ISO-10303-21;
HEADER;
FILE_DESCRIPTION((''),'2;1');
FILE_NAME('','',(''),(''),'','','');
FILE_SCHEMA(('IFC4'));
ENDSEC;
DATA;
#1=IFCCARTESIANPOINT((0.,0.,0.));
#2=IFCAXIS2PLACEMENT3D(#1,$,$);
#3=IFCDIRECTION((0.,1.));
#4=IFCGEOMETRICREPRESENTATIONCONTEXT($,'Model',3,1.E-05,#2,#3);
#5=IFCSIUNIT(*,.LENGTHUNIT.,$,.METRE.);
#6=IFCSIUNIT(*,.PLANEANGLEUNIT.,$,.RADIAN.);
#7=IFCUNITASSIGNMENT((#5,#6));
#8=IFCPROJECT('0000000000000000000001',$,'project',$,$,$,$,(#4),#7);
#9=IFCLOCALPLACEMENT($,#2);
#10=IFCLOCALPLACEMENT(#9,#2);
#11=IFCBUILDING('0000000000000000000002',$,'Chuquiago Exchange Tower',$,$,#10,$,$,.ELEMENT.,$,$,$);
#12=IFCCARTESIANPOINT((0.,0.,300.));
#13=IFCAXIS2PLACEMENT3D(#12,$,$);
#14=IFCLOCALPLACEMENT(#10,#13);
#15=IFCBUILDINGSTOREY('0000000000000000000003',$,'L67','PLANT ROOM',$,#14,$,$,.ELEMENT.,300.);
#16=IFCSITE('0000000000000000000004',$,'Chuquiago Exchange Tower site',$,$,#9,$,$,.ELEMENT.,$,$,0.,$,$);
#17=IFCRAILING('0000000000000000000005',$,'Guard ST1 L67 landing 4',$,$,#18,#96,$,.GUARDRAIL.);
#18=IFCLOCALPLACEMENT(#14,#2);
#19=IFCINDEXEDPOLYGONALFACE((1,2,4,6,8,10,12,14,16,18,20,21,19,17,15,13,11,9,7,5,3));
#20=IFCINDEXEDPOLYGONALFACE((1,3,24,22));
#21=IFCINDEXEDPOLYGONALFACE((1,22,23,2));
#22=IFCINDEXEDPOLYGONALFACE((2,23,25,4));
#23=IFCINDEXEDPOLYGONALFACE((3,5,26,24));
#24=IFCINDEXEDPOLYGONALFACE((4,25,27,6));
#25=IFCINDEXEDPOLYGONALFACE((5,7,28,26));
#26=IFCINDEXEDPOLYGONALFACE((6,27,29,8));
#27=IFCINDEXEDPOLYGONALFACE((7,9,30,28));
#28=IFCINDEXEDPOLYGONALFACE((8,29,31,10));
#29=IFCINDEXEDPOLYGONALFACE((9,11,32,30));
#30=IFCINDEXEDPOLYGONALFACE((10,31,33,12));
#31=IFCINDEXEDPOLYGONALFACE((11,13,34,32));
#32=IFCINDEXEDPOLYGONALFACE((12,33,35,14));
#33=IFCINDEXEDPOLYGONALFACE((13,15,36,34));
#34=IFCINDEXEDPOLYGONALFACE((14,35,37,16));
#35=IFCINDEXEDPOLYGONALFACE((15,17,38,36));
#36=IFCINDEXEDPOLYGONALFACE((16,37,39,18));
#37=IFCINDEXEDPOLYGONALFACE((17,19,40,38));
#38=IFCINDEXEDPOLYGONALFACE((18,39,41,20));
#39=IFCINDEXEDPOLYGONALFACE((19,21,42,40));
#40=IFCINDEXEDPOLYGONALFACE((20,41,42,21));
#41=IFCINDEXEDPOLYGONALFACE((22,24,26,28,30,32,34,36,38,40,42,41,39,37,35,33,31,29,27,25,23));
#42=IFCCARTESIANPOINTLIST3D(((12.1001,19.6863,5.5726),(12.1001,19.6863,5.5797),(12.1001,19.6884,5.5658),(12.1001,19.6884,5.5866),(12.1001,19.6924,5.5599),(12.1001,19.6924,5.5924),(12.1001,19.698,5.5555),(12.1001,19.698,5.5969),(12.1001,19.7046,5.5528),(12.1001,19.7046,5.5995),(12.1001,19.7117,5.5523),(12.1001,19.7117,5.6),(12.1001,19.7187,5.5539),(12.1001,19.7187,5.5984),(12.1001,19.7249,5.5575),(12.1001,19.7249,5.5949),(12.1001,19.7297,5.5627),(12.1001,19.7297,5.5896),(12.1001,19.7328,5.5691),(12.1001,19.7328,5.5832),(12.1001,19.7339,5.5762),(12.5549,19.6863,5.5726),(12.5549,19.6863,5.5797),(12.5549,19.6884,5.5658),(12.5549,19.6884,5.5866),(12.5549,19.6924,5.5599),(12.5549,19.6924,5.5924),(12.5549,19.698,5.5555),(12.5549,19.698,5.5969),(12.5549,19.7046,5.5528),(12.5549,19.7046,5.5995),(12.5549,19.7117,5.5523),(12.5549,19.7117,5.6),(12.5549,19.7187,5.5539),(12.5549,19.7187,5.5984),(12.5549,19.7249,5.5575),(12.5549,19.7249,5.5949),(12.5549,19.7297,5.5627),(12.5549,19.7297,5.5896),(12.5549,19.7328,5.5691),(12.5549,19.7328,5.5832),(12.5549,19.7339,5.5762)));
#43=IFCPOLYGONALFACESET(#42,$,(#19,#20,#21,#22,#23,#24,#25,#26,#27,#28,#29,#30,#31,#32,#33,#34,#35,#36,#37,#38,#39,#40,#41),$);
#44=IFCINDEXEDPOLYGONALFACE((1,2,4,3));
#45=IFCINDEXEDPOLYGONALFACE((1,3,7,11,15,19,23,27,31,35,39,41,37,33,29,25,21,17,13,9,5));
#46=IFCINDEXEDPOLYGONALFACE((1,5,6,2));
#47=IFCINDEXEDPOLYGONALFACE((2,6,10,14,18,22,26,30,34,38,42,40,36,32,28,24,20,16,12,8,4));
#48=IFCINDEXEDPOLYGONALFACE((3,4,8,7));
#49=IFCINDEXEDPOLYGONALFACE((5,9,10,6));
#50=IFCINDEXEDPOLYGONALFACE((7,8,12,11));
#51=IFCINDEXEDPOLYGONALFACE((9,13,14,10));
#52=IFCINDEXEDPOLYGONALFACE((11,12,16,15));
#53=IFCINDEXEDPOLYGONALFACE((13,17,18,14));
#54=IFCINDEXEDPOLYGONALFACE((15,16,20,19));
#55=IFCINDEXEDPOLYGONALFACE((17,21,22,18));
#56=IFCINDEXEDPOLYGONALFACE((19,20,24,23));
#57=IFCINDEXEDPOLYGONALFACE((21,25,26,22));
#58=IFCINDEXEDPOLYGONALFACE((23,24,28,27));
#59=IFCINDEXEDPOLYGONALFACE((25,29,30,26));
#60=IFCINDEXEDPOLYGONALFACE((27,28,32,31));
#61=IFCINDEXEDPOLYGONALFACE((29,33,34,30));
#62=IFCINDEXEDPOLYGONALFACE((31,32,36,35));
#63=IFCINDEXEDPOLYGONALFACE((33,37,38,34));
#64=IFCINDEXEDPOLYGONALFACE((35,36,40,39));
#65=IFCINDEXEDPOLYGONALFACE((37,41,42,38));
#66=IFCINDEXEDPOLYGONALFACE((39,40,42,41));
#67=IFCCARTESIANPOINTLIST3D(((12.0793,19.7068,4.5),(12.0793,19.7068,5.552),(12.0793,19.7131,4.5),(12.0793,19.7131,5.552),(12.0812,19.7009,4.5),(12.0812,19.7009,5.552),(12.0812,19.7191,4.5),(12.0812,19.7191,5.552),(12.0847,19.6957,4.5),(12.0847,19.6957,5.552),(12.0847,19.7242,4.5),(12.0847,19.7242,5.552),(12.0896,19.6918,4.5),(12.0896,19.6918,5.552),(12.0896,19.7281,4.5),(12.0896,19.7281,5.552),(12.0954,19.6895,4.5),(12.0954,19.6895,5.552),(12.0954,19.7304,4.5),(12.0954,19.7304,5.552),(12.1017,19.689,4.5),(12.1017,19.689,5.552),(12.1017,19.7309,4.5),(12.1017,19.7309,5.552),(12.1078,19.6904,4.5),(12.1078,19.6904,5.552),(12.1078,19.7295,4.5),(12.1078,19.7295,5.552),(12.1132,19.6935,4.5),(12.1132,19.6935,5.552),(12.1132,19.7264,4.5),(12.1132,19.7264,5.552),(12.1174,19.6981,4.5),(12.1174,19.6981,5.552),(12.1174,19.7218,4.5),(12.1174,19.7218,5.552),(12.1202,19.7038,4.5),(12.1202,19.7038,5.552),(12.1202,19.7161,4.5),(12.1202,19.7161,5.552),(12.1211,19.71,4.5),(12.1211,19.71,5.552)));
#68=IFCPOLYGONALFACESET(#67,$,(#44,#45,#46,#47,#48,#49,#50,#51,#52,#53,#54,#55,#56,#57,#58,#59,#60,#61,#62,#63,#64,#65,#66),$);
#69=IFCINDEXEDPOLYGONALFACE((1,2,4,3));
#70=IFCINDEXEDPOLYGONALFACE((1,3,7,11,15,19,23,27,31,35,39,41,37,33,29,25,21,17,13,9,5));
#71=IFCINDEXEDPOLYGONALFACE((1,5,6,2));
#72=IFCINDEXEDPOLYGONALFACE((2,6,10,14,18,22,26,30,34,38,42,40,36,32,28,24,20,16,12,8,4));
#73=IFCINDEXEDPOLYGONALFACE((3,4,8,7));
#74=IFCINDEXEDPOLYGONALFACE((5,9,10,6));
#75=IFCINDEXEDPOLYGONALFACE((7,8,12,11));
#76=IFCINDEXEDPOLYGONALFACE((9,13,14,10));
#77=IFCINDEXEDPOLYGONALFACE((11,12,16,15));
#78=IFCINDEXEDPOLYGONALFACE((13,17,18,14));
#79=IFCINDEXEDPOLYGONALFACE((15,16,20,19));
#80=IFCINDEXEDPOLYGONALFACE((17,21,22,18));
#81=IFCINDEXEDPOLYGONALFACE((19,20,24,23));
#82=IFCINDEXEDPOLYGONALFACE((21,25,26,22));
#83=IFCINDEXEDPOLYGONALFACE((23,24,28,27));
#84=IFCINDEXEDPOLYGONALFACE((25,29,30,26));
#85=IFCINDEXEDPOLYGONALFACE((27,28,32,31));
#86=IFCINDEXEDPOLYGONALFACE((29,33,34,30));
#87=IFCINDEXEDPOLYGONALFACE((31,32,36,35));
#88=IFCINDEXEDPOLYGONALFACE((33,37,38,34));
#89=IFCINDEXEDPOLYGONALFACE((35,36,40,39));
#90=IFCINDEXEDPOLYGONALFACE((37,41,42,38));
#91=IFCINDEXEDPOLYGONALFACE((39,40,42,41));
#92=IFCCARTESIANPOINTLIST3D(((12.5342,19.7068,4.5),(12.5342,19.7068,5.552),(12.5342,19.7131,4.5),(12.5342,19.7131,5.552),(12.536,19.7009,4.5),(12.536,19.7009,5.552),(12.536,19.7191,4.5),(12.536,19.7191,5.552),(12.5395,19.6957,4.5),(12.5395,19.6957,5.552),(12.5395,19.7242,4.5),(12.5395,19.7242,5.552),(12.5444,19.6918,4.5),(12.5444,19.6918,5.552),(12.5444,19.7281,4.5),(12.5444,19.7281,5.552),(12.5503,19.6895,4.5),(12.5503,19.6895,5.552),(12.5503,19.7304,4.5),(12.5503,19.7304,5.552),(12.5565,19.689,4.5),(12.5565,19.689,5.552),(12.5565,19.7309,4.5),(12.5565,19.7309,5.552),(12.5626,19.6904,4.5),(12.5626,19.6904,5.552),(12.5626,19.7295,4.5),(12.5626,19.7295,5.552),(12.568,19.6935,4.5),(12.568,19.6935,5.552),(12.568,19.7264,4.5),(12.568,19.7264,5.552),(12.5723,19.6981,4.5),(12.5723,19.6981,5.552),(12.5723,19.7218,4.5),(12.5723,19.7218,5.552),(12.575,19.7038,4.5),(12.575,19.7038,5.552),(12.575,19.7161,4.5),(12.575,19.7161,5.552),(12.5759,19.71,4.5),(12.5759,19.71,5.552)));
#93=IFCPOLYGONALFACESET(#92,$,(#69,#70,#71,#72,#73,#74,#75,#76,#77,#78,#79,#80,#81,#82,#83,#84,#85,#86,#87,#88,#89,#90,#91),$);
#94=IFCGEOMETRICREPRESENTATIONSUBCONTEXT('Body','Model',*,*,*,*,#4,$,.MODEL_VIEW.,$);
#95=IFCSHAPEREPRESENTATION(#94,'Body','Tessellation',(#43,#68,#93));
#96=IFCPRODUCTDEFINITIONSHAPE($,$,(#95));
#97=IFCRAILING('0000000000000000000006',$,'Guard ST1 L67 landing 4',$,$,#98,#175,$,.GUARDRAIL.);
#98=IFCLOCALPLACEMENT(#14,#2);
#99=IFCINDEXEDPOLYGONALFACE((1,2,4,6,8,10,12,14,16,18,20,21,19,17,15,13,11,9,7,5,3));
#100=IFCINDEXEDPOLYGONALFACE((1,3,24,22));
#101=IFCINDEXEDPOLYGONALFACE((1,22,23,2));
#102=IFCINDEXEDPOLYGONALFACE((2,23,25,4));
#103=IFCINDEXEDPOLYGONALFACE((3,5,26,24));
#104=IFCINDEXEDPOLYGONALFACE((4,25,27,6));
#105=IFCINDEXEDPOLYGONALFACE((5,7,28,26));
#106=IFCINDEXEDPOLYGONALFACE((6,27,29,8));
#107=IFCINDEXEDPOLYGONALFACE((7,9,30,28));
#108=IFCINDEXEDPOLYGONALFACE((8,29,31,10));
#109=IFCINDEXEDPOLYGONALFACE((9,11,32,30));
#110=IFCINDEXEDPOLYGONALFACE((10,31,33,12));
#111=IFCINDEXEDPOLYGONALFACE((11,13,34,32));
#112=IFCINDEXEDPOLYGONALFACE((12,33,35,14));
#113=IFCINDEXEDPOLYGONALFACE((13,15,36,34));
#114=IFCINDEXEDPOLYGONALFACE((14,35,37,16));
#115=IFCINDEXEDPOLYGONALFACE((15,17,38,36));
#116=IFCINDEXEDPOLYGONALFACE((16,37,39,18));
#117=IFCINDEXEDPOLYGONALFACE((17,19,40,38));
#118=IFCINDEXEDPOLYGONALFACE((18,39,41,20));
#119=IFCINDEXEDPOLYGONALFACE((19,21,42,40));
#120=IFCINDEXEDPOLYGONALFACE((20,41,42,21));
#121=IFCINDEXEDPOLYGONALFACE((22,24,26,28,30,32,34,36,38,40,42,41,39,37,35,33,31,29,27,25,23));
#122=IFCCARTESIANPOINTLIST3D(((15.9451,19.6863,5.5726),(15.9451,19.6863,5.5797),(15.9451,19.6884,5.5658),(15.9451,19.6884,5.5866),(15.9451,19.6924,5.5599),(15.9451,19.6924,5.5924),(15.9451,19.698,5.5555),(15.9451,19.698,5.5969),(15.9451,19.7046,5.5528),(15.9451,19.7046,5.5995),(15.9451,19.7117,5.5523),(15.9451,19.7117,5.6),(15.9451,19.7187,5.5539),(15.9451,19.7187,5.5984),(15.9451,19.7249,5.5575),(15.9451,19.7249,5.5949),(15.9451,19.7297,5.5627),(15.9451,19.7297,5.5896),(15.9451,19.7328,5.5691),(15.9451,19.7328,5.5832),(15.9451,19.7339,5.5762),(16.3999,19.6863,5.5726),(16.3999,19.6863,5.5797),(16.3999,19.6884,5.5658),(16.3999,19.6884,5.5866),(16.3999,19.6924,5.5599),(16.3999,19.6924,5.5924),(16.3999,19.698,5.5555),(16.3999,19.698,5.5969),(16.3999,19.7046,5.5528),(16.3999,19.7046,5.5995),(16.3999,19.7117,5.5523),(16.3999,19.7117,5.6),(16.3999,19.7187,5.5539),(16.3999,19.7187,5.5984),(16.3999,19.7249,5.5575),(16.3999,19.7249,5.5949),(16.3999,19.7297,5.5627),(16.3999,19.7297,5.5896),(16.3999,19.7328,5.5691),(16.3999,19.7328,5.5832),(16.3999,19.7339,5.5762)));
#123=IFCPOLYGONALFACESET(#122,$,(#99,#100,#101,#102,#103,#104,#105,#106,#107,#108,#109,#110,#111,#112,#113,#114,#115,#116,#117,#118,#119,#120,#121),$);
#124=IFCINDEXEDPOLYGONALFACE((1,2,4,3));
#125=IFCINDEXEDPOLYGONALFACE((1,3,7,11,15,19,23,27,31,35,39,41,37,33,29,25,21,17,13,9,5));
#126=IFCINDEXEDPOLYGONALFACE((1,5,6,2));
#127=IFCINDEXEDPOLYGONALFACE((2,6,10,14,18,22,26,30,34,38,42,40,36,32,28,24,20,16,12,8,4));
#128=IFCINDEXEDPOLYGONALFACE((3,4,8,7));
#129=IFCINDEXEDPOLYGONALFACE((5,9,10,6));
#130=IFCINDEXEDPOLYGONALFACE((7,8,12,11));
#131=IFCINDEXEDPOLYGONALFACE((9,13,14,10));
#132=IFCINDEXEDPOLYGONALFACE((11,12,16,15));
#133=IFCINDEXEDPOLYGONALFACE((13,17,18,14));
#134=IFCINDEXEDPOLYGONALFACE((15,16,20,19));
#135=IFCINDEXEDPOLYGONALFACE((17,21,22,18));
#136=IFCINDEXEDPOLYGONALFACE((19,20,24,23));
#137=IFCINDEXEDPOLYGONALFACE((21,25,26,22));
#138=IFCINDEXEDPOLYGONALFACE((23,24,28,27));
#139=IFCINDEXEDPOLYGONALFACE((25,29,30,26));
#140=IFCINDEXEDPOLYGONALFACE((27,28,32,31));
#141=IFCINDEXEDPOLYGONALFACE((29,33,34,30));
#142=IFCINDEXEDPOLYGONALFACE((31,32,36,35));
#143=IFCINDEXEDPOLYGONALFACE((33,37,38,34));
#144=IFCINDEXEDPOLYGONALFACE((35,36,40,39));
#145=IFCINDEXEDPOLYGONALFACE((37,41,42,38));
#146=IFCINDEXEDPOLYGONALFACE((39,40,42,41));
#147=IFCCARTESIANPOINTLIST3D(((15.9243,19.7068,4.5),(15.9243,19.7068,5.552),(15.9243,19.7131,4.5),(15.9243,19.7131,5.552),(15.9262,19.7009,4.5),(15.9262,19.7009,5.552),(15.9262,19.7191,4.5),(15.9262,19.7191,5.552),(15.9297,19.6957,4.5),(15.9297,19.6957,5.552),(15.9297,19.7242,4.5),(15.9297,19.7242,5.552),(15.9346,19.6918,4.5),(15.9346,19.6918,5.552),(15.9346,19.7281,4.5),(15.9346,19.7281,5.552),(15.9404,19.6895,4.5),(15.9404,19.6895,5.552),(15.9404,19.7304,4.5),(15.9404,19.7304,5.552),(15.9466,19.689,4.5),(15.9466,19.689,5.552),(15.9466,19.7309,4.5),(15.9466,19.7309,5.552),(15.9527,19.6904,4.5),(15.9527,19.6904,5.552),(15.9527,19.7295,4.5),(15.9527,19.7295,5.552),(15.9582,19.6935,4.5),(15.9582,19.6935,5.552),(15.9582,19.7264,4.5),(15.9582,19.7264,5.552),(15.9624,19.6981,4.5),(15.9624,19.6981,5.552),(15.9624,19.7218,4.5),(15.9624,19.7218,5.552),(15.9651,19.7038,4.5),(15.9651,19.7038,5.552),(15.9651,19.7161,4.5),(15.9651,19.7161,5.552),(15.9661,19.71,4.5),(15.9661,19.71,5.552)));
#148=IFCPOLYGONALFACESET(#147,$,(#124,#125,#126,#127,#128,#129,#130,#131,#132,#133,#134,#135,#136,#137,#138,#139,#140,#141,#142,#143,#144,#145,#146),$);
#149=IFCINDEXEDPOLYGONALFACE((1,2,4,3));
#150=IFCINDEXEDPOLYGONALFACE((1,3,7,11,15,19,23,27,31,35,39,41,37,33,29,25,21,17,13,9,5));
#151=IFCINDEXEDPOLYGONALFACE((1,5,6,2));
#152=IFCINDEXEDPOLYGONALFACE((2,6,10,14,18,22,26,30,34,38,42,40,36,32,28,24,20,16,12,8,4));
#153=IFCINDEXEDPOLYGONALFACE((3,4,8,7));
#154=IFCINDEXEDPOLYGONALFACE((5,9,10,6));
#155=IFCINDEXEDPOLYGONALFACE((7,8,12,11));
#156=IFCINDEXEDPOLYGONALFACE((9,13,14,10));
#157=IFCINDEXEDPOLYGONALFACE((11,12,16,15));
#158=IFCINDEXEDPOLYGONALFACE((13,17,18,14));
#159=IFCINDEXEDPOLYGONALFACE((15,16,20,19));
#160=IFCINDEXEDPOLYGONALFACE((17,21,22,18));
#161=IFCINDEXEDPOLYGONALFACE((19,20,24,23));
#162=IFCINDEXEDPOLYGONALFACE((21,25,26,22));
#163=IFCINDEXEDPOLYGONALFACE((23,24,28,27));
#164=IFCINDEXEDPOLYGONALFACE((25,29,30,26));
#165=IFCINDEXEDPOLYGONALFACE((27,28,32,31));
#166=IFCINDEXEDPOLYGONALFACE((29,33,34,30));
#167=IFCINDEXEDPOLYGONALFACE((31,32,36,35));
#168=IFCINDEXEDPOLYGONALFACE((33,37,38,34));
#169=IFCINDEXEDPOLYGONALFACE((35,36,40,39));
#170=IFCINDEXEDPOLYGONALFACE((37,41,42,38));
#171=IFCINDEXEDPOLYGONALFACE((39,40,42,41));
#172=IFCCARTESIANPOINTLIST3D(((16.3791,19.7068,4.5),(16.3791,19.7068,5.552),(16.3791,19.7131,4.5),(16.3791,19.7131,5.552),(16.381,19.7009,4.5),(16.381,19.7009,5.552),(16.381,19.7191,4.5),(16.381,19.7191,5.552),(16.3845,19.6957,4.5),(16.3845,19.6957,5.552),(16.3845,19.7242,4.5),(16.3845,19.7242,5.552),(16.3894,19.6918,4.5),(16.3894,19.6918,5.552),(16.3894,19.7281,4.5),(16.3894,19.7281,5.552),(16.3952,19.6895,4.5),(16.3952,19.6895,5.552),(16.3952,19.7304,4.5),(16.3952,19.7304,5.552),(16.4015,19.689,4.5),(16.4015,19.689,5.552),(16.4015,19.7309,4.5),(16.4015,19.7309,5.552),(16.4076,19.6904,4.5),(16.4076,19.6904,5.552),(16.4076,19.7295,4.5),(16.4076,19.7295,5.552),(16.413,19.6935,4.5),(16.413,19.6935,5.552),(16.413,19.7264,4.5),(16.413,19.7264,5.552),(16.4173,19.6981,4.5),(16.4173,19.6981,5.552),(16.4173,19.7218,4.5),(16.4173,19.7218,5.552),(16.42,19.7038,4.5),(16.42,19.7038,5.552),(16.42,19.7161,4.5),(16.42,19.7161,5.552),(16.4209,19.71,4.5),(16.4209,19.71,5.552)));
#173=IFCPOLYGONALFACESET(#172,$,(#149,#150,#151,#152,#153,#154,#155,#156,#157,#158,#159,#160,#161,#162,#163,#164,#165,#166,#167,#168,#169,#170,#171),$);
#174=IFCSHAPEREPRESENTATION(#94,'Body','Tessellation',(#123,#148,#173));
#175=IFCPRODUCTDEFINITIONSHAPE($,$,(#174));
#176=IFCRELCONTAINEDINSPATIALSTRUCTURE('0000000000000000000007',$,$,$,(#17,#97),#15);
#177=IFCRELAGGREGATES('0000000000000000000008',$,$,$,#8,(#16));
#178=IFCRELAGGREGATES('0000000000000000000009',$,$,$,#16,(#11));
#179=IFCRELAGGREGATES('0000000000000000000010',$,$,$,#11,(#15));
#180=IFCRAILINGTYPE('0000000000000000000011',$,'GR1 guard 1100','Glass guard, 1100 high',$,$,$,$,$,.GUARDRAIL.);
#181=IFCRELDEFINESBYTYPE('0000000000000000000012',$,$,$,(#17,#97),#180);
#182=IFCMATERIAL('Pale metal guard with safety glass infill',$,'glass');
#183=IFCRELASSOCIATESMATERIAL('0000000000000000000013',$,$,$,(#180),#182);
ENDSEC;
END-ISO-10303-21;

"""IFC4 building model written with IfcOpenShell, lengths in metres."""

from ifc_helpers import new_model, si_unit, direction, frame, origin, origin_2d, place, context, subcontext, project, spatial, circle, extrude, material, type_object, element, save


model = new_model("IFC4")

# Units and contexts
model_context = context("Model", 3, precision=1e-05, world=origin(), true_north=direction((0.0, 1.0)))
body_context = subcontext(model_context, "Body", "Model", "MODEL_VIEW")
ifc_project = project(units=[si_unit("LENGTHUNIT", "METRE"), si_unit("PLANEANGLEUNIT", "RADIAN")], contexts=[model_context])

# Site, building, storey
site_placement = place(None, origin())
site = spatial("IfcSite", under=ifc_project, at=site_placement, Name="Chuquiago Exchange Tower site", CompositionType="ELEMENT", RefElevation=0.0)
building_placement = place(site_placement, origin())
building = spatial("IfcBuilding", under=site, at=building_placement, Name="Chuquiago Exchange Tower", CompositionType="ELEMENT")
storey_placement = place(building_placement, frame((0.0, 0.0, 300.0)))
storey = spatial("IfcBuildingStorey", under=building, at=storey_placement, Name="L67", Description="PLANT ROOM", CompositionType="ELEMENT", Elevation=300.0)

# Railings
ifc_material_1 = material(Name="Pale metal guard with safety glass infill", Category="glass")
railing_type_1 = type_object("IfcRailingType", Name="GR1 guard 1100", Description="Glass guard, 1100 high", PredefinedType="GUARDRAIL", material=ifc_material_1)
for number, where, name in (
    (1, (12.1001, 19.71, 4.5), "Guard ST1 L67 landing 4"),
    (2, (15.9451, 19.71, 4.5), "Guard ST1 L67 landing 4"),
):
    element("IfcRailing", number, at=place(storey_placement, frame(where)), inside=storey, type_object=railing_type_1, Name=name, PredefinedType="GUARDRAIL", context=body_context, shape_type="SweptSolid", body=[
        extrude(circle(Radius=0.0239, at=origin_2d()), frame((0.0, 0.0, 1.0762), z_axis=(1.0, 0.0, 0.0), x_axis=(0.0, 1.0, 0.0)), (0.0, 0.0, 1.0), 0.4548),
        extrude(circle(Radius=0.021, at=origin_2d()), origin(), (0.0, 0.0, 1.0), 1.052),
        extrude(circle(Radius=0.021, at=origin_2d()), frame((0.4548, 0.0, 0.0)), (0.0, 0.0, 1.0), 1.052),
    ])

save(model, "model.ifc")
